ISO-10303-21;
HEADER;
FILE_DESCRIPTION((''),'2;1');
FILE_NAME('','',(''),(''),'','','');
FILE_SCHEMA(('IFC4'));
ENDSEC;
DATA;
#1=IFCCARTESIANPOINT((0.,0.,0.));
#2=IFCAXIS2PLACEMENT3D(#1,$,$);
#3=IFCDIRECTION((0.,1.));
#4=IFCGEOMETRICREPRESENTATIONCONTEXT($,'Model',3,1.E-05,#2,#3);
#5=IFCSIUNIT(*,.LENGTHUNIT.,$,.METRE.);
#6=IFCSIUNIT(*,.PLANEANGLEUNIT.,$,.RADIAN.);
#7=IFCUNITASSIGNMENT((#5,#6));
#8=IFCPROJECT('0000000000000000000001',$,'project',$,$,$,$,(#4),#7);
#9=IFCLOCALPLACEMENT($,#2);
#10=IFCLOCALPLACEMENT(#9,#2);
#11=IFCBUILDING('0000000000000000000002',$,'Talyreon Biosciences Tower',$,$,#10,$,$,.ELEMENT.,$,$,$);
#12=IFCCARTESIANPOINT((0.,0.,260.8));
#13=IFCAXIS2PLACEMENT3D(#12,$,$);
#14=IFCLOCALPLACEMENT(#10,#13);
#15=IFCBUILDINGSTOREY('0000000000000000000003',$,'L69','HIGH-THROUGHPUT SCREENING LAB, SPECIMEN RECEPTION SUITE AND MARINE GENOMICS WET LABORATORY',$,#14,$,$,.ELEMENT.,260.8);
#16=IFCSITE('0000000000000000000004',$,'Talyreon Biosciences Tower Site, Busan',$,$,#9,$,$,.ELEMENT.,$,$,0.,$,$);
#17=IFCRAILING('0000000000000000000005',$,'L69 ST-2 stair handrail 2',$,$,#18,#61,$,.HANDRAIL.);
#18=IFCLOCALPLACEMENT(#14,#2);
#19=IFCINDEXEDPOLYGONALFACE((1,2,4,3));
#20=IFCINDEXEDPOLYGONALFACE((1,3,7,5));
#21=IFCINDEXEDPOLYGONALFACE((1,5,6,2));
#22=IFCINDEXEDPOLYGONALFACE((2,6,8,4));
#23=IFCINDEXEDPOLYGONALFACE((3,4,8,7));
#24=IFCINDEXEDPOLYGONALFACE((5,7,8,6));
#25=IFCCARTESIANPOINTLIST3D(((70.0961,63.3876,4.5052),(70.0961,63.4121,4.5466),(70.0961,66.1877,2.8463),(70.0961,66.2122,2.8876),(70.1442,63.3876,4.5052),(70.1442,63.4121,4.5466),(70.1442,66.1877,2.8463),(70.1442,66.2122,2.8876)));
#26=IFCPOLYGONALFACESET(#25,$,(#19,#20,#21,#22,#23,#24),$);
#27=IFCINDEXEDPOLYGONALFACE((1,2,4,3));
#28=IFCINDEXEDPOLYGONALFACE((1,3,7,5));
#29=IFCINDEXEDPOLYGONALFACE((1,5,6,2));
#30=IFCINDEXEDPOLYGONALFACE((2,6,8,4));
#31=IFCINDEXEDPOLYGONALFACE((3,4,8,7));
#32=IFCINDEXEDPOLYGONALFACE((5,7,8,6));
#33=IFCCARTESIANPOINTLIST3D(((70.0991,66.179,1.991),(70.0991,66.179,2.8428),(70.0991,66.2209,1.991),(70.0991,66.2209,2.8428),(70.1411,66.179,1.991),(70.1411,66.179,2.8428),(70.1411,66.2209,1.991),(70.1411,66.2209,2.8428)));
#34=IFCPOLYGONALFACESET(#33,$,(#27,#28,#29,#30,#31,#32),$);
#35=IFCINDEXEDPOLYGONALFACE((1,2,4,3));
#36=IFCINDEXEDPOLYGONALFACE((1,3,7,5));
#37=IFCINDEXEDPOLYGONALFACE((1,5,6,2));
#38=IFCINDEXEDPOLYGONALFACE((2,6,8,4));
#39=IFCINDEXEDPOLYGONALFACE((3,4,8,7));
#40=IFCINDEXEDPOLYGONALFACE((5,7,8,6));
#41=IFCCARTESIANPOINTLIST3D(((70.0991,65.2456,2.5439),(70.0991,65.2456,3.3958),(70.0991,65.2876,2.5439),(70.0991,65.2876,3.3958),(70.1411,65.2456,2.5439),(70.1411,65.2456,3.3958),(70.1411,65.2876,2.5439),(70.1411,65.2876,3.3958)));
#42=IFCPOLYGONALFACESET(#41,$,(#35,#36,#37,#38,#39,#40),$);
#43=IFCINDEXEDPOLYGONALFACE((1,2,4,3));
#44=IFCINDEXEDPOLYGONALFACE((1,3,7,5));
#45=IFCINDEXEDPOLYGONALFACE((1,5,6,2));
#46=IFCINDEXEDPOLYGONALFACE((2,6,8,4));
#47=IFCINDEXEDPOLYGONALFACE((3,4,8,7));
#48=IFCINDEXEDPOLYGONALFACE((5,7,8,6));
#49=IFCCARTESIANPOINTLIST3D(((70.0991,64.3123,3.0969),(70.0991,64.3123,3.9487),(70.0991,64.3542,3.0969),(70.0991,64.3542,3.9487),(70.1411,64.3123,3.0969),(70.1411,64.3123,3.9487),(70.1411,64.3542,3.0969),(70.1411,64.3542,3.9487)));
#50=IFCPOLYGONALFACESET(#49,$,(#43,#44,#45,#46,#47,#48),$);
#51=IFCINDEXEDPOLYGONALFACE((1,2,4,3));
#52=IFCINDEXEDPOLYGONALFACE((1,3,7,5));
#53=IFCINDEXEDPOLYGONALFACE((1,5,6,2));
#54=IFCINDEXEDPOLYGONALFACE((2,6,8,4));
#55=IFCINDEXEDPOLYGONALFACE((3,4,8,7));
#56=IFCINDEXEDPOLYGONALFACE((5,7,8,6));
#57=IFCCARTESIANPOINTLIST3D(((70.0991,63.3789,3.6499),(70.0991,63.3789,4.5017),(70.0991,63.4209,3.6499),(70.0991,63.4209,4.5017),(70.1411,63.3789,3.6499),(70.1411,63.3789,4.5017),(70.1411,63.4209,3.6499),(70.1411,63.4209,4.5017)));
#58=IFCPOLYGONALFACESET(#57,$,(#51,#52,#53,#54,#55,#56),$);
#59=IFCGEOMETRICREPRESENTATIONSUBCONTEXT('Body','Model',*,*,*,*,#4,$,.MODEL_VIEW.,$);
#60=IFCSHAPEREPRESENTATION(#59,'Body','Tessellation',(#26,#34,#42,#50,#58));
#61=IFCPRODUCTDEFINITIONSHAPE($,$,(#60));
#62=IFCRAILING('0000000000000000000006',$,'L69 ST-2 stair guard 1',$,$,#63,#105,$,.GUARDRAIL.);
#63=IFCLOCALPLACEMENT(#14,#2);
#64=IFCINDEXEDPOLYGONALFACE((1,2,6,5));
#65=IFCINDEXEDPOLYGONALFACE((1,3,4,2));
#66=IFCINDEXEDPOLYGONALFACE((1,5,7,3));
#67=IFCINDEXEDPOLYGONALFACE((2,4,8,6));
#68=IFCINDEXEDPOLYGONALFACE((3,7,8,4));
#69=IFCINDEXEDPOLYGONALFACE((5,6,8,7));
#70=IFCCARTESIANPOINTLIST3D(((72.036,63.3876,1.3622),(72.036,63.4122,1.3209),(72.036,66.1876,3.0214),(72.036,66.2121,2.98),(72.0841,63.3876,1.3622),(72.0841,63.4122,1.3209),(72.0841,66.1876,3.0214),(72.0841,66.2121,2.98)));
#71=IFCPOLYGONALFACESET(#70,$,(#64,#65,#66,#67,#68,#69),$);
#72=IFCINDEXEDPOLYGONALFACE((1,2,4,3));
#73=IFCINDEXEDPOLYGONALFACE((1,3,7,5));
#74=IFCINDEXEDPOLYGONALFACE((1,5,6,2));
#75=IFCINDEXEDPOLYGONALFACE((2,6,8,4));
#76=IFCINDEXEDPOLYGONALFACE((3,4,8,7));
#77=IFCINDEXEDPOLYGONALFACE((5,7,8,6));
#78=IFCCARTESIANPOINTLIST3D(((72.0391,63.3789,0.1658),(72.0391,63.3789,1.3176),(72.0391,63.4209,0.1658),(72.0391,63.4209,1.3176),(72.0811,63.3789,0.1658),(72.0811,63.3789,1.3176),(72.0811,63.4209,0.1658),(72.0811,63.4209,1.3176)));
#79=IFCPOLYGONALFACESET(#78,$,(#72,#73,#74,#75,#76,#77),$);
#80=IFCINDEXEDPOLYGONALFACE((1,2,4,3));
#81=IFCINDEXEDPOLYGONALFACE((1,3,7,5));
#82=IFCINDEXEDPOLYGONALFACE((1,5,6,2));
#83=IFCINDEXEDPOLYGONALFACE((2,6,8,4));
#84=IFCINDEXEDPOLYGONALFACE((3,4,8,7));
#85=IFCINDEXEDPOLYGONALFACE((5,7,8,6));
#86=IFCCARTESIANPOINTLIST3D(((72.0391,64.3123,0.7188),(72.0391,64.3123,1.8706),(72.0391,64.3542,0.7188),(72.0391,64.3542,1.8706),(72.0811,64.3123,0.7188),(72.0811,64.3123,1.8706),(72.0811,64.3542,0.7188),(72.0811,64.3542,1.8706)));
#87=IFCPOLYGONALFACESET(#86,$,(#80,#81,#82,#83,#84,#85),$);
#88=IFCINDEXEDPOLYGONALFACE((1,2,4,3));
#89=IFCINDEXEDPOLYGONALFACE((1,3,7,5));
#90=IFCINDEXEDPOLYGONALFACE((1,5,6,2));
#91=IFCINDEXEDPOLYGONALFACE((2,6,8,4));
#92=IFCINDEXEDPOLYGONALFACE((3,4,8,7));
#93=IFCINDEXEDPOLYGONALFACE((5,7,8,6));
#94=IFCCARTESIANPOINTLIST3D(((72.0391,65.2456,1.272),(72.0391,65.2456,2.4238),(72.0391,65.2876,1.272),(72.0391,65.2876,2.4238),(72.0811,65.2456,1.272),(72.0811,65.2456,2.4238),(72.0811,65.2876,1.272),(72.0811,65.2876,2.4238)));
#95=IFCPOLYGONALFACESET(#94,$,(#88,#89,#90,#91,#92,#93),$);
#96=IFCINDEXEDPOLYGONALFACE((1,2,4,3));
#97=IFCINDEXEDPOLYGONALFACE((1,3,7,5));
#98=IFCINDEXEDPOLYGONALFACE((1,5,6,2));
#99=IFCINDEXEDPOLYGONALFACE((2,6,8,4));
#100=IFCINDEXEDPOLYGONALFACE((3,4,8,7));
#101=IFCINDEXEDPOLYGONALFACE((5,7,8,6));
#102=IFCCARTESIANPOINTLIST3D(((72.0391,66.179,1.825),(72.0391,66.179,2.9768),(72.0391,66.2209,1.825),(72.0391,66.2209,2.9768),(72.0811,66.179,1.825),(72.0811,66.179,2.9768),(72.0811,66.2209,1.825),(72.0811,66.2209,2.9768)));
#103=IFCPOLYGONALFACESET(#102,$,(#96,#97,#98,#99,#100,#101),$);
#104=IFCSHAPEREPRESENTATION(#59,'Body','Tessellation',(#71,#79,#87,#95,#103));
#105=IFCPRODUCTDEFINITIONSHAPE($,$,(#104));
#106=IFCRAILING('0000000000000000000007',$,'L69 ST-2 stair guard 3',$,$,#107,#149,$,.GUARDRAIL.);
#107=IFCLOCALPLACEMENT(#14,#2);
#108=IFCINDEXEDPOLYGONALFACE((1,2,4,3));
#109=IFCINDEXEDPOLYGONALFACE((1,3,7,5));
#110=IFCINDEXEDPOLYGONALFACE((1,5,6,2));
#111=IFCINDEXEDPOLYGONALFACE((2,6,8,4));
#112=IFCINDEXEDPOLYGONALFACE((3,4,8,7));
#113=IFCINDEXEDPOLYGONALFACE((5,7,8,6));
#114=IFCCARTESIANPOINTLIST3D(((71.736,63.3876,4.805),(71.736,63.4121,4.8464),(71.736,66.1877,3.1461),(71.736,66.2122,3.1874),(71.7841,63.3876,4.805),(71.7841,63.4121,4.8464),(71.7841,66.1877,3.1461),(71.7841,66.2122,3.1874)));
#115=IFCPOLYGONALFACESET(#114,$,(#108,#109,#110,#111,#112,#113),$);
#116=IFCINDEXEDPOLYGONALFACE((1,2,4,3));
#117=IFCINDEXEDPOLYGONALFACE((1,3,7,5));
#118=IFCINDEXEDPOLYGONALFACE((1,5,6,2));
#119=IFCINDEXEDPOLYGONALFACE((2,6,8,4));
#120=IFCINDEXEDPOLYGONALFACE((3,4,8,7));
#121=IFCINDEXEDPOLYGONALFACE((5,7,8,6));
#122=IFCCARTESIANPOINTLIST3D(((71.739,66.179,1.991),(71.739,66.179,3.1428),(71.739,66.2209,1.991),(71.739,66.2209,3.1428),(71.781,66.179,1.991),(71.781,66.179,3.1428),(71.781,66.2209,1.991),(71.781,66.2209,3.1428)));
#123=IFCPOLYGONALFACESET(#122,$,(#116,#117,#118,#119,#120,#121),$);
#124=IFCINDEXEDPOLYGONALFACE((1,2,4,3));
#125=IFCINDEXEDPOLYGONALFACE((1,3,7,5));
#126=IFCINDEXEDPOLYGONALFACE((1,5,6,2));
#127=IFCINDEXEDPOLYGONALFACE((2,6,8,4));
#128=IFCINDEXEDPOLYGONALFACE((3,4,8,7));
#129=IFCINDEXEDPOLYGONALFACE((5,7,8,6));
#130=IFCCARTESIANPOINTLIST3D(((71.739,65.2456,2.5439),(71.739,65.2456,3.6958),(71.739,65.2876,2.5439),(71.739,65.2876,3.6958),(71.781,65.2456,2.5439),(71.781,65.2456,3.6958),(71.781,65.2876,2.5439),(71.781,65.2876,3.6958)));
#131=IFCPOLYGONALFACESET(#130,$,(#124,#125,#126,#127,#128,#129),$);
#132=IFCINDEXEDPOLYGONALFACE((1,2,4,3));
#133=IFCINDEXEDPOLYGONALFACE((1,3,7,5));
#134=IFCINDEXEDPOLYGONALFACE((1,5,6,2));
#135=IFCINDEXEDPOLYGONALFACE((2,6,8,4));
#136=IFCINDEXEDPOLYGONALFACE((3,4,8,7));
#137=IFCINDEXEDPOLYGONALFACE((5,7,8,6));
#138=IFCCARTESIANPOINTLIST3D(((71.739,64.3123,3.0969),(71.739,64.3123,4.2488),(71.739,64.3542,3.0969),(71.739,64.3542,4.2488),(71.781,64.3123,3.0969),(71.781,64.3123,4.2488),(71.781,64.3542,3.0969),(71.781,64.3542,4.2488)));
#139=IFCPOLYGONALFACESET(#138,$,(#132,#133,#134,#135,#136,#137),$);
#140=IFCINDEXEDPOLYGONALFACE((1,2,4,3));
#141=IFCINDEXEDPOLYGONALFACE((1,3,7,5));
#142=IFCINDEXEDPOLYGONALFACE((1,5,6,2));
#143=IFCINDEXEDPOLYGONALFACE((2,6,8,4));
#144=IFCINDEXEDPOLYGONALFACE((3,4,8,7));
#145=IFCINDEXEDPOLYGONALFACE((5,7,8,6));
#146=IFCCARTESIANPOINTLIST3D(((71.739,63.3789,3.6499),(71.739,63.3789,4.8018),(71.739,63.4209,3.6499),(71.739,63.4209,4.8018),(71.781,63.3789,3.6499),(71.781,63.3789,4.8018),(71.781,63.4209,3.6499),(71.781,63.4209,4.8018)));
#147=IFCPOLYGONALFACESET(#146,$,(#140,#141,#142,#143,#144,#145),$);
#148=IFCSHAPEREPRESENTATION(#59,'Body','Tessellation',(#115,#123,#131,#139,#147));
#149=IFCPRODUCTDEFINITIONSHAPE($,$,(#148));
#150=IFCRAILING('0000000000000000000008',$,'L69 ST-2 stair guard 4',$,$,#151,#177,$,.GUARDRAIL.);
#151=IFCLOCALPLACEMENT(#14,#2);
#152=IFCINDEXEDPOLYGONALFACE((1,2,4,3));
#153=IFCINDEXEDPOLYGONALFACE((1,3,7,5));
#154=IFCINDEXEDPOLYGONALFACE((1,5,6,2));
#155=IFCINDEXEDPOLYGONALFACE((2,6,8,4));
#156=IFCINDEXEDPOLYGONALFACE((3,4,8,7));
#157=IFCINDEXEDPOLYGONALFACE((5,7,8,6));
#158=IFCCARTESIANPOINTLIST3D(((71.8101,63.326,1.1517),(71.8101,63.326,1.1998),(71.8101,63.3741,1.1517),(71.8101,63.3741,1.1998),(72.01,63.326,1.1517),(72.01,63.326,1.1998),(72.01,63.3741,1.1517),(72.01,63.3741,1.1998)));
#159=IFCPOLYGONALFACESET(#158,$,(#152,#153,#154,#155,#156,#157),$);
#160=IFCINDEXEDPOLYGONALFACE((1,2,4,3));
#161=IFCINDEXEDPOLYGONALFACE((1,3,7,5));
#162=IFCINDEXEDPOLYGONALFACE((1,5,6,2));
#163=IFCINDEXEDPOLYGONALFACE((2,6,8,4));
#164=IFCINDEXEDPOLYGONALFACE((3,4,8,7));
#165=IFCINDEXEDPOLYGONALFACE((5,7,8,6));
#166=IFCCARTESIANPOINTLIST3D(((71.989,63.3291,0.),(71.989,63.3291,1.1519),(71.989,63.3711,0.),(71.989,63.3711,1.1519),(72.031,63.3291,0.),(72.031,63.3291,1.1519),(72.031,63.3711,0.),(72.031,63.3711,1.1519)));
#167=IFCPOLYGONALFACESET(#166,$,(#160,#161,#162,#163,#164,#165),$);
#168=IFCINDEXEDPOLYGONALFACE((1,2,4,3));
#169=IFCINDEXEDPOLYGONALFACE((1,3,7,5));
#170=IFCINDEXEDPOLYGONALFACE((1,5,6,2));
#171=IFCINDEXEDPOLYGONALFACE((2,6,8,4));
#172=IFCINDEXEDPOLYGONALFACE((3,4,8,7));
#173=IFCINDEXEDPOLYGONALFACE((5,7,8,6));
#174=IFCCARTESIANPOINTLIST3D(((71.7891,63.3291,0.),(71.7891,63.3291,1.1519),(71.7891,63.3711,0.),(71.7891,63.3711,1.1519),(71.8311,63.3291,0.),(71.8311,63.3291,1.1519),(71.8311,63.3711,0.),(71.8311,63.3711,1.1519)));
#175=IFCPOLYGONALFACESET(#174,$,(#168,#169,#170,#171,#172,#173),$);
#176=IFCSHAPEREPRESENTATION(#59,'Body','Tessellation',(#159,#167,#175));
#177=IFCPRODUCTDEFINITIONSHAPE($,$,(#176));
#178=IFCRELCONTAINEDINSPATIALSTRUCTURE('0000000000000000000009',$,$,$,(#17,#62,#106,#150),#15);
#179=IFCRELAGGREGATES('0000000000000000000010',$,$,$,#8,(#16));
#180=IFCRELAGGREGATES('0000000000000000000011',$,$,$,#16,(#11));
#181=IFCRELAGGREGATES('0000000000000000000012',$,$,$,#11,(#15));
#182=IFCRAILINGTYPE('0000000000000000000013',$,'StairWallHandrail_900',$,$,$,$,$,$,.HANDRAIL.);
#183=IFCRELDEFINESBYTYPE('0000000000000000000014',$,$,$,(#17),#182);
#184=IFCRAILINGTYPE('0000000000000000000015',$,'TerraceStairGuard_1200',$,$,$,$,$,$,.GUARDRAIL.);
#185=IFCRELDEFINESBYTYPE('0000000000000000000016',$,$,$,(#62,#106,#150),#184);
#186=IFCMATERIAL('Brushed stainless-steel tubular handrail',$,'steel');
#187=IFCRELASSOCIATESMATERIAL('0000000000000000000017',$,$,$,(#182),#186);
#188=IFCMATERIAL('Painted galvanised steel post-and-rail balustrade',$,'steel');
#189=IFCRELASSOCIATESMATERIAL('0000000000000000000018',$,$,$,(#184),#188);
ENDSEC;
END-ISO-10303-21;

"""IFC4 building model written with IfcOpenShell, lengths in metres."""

from ifc_helpers import new_model, si_unit, direction, frame, origin, origin_2d, place, context, subcontext, project, spatial, rectangle, extrude, material, type_object, element, save


model = new_model("IFC4")

# Units and contexts
model_context = context("Model", 3, precision=1e-05, world=origin(), true_north=direction((0.0, 1.0)))
body_context = subcontext(model_context, "Body", "Model", "MODEL_VIEW")
ifc_project = project(units=[si_unit("LENGTHUNIT", "METRE"), si_unit("PLANEANGLEUNIT", "RADIAN")], contexts=[model_context])

# Site, building, storey
site_placement = place(None, origin())
site = spatial("IfcSite", under=ifc_project, at=site_placement, Name="Talyreon Biosciences Tower Site, Busan", CompositionType="ELEMENT", RefElevation=0.0)
building_placement = place(site_placement, origin())
building = spatial("IfcBuilding", under=site, at=building_placement, Name="Talyreon Biosciences Tower", CompositionType="ELEMENT")
storey_placement = place(building_placement, frame((0.0, 0.0, 260.8)))
storey = spatial("IfcBuildingStorey", under=building, at=storey_placement, Name="L69", Description="HIGH-THROUGHPUT SCREENING LAB, SPECIMEN RECEPTION SUITE AND MARINE GENOMICS WET LABORATORY", CompositionType="ELEMENT", Elevation=260.8)

# Railings
ifc_material_1 = material(Name="Brushed stainless-steel tubular handrail", Category="steel")
railing_type_1 = type_object("IfcRailingType", Name="StairWallHandrail_900", PredefinedType="HANDRAIL", material=ifc_material_1)
railing_1_placement = place(storey_placement, frame((70.1201, 66.2, 1.991)))
element("IfcRailing", 1, at=railing_1_placement, inside=storey, type_object=railing_type_1, Name="L69 ST-2 stair handrail 2", PredefinedType="HANDRAIL", context=body_context, shape_type="SweptSolid", body=[
    extrude(rectangle(XDim=0.0481, YDim=0.0481, at=origin_2d()), frame((0.0, 0.0, 0.876), z_axis=(0.0, -0.860339, 0.509722), x_axis=(1.0, 0.0, 0.0)), (0.0, 0.0, 1.0), 3.2546),
    extrude(rectangle(XDim=0.042, YDim=0.042, at=origin_2d()), origin(), (0.0, 0.0, 1.0), 0.8518),
    extrude(rectangle(XDim=0.042, YDim=0.042, at=origin_2d()), frame((0.0, -0.9333, 0.553)), (0.0, 0.0, 1.0), 0.8518),
    extrude(rectangle(XDim=0.042, YDim=0.042, at=origin_2d()), frame((0.0, -1.8667, 1.106)), (0.0, 0.0, 1.0), 0.8518),
    extrude(rectangle(XDim=0.042, YDim=0.042, at=origin_2d()), frame((0.0, -2.8, 1.6589)), (0.0, 0.0, 1.0), 0.8518),
])
ifc_material_2 = material(Name="Painted galvanised steel post-and-rail balustrade", Category="steel")
railing_type_2 = type_object("IfcRailingType", Name="TerraceStairGuard_1200", PredefinedType="GUARDRAIL", material=ifc_material_2)
railing_2_placement = place(storey_placement, frame((72.0601, 63.3999, 0.1658)))
element("IfcRailing", 2, at=railing_2_placement, inside=storey, type_object=railing_type_2, Name="L69 ST-2 stair guard 1", PredefinedType="GUARDRAIL", context=body_context, shape_type="SweptSolid", body=[
    extrude(rectangle(XDim=0.0481, YDim=0.0481, at=origin_2d()), frame((0.0, 0.0, 1.1758), z_axis=(0.0, 0.860306, 0.509778), x_axis=(-1.0, 0.0, 0.0)), (0.0, 0.0, 1.0), 3.2546),
    extrude(rectangle(XDim=0.042, YDim=0.042, at=origin_2d()), origin(), (0.0, 0.0, 1.0), 1.1519),
    extrude(rectangle(XDim=0.042, YDim=0.042, at=origin_2d()), frame((0.0, 0.9333, 0.553)), (0.0, 0.0, 1.0), 1.1519),
    extrude(rectangle(XDim=0.042, YDim=0.042, at=origin_2d()), frame((0.0, 1.8667, 1.1062)), (0.0, 0.0, 1.0), 1.1519),
    extrude(rectangle(XDim=0.042, YDim=0.042, at=origin_2d()), frame((0.0, 2.8, 1.6592)), (0.0, 0.0, 1.0), 1.1519),
])
railing_3_placement = place(storey_placement, frame((71.76, 66.2, 1.991)))
element("IfcRailing", 3, at=railing_3_placement, inside=storey, type_object=railing_type_2, Name="L69 ST-2 stair guard 3", PredefinedType="GUARDRAIL", context=body_context, shape_type="SweptSolid", body=[
    extrude(rectangle(XDim=0.0481, YDim=0.0481, at=origin_2d()), frame((0.0, 0.0, 1.1758), z_axis=(0.0, -0.860339, 0.509722), x_axis=(1.0, 0.0, 0.0)), (0.0, 0.0, 1.0), 3.2546),
    extrude(rectangle(XDim=0.042, YDim=0.042, at=origin_2d()), origin(), (0.0, 0.0, 1.0), 1.1519),
    extrude(rectangle(XDim=0.042, YDim=0.042, at=origin_2d()), frame((0.0, -0.9333, 0.553)), (0.0, 0.0, 1.0), 1.1519),
    extrude(rectangle(XDim=0.042, YDim=0.042, at=origin_2d()), frame((0.0, -1.8667, 1.106)), (0.0, 0.0, 1.0), 1.1519),
    extrude(rectangle(XDim=0.042, YDim=0.042, at=origin_2d()), frame((0.0, -2.8, 1.6589)), (0.0, 0.0, 1.0), 1.1519),
])
railing_4_placement = place(storey_placement, frame((72.01, 63.3501, 0.0)))
element("IfcRailing", 4, at=railing_4_placement, inside=storey, type_object=railing_type_2, Name="L69 ST-2 stair guard 4", PredefinedType="GUARDRAIL", context=body_context, shape_type="SweptSolid", body=[
    extrude(rectangle(XDim=0.0481, YDim=0.0481, at=origin_2d()), frame((0.0, 0.0, 1.1758), z_axis=(-1.0, 0.0, 0.0), x_axis=(0.0, -1.0, 0.0)), (0.0, 0.0, 1.0), 0.2),
    extrude(rectangle(XDim=0.042, YDim=0.042, at=origin_2d()), origin(), (0.0, 0.0, 1.0), 1.1519),
    extrude(rectangle(XDim=0.042, YDim=0.042, at=origin_2d()), frame((-0.2, 0.0, 0.0)), (0.0, 0.0, 1.0), 1.1519),
])

save(model, "model.ifc")
